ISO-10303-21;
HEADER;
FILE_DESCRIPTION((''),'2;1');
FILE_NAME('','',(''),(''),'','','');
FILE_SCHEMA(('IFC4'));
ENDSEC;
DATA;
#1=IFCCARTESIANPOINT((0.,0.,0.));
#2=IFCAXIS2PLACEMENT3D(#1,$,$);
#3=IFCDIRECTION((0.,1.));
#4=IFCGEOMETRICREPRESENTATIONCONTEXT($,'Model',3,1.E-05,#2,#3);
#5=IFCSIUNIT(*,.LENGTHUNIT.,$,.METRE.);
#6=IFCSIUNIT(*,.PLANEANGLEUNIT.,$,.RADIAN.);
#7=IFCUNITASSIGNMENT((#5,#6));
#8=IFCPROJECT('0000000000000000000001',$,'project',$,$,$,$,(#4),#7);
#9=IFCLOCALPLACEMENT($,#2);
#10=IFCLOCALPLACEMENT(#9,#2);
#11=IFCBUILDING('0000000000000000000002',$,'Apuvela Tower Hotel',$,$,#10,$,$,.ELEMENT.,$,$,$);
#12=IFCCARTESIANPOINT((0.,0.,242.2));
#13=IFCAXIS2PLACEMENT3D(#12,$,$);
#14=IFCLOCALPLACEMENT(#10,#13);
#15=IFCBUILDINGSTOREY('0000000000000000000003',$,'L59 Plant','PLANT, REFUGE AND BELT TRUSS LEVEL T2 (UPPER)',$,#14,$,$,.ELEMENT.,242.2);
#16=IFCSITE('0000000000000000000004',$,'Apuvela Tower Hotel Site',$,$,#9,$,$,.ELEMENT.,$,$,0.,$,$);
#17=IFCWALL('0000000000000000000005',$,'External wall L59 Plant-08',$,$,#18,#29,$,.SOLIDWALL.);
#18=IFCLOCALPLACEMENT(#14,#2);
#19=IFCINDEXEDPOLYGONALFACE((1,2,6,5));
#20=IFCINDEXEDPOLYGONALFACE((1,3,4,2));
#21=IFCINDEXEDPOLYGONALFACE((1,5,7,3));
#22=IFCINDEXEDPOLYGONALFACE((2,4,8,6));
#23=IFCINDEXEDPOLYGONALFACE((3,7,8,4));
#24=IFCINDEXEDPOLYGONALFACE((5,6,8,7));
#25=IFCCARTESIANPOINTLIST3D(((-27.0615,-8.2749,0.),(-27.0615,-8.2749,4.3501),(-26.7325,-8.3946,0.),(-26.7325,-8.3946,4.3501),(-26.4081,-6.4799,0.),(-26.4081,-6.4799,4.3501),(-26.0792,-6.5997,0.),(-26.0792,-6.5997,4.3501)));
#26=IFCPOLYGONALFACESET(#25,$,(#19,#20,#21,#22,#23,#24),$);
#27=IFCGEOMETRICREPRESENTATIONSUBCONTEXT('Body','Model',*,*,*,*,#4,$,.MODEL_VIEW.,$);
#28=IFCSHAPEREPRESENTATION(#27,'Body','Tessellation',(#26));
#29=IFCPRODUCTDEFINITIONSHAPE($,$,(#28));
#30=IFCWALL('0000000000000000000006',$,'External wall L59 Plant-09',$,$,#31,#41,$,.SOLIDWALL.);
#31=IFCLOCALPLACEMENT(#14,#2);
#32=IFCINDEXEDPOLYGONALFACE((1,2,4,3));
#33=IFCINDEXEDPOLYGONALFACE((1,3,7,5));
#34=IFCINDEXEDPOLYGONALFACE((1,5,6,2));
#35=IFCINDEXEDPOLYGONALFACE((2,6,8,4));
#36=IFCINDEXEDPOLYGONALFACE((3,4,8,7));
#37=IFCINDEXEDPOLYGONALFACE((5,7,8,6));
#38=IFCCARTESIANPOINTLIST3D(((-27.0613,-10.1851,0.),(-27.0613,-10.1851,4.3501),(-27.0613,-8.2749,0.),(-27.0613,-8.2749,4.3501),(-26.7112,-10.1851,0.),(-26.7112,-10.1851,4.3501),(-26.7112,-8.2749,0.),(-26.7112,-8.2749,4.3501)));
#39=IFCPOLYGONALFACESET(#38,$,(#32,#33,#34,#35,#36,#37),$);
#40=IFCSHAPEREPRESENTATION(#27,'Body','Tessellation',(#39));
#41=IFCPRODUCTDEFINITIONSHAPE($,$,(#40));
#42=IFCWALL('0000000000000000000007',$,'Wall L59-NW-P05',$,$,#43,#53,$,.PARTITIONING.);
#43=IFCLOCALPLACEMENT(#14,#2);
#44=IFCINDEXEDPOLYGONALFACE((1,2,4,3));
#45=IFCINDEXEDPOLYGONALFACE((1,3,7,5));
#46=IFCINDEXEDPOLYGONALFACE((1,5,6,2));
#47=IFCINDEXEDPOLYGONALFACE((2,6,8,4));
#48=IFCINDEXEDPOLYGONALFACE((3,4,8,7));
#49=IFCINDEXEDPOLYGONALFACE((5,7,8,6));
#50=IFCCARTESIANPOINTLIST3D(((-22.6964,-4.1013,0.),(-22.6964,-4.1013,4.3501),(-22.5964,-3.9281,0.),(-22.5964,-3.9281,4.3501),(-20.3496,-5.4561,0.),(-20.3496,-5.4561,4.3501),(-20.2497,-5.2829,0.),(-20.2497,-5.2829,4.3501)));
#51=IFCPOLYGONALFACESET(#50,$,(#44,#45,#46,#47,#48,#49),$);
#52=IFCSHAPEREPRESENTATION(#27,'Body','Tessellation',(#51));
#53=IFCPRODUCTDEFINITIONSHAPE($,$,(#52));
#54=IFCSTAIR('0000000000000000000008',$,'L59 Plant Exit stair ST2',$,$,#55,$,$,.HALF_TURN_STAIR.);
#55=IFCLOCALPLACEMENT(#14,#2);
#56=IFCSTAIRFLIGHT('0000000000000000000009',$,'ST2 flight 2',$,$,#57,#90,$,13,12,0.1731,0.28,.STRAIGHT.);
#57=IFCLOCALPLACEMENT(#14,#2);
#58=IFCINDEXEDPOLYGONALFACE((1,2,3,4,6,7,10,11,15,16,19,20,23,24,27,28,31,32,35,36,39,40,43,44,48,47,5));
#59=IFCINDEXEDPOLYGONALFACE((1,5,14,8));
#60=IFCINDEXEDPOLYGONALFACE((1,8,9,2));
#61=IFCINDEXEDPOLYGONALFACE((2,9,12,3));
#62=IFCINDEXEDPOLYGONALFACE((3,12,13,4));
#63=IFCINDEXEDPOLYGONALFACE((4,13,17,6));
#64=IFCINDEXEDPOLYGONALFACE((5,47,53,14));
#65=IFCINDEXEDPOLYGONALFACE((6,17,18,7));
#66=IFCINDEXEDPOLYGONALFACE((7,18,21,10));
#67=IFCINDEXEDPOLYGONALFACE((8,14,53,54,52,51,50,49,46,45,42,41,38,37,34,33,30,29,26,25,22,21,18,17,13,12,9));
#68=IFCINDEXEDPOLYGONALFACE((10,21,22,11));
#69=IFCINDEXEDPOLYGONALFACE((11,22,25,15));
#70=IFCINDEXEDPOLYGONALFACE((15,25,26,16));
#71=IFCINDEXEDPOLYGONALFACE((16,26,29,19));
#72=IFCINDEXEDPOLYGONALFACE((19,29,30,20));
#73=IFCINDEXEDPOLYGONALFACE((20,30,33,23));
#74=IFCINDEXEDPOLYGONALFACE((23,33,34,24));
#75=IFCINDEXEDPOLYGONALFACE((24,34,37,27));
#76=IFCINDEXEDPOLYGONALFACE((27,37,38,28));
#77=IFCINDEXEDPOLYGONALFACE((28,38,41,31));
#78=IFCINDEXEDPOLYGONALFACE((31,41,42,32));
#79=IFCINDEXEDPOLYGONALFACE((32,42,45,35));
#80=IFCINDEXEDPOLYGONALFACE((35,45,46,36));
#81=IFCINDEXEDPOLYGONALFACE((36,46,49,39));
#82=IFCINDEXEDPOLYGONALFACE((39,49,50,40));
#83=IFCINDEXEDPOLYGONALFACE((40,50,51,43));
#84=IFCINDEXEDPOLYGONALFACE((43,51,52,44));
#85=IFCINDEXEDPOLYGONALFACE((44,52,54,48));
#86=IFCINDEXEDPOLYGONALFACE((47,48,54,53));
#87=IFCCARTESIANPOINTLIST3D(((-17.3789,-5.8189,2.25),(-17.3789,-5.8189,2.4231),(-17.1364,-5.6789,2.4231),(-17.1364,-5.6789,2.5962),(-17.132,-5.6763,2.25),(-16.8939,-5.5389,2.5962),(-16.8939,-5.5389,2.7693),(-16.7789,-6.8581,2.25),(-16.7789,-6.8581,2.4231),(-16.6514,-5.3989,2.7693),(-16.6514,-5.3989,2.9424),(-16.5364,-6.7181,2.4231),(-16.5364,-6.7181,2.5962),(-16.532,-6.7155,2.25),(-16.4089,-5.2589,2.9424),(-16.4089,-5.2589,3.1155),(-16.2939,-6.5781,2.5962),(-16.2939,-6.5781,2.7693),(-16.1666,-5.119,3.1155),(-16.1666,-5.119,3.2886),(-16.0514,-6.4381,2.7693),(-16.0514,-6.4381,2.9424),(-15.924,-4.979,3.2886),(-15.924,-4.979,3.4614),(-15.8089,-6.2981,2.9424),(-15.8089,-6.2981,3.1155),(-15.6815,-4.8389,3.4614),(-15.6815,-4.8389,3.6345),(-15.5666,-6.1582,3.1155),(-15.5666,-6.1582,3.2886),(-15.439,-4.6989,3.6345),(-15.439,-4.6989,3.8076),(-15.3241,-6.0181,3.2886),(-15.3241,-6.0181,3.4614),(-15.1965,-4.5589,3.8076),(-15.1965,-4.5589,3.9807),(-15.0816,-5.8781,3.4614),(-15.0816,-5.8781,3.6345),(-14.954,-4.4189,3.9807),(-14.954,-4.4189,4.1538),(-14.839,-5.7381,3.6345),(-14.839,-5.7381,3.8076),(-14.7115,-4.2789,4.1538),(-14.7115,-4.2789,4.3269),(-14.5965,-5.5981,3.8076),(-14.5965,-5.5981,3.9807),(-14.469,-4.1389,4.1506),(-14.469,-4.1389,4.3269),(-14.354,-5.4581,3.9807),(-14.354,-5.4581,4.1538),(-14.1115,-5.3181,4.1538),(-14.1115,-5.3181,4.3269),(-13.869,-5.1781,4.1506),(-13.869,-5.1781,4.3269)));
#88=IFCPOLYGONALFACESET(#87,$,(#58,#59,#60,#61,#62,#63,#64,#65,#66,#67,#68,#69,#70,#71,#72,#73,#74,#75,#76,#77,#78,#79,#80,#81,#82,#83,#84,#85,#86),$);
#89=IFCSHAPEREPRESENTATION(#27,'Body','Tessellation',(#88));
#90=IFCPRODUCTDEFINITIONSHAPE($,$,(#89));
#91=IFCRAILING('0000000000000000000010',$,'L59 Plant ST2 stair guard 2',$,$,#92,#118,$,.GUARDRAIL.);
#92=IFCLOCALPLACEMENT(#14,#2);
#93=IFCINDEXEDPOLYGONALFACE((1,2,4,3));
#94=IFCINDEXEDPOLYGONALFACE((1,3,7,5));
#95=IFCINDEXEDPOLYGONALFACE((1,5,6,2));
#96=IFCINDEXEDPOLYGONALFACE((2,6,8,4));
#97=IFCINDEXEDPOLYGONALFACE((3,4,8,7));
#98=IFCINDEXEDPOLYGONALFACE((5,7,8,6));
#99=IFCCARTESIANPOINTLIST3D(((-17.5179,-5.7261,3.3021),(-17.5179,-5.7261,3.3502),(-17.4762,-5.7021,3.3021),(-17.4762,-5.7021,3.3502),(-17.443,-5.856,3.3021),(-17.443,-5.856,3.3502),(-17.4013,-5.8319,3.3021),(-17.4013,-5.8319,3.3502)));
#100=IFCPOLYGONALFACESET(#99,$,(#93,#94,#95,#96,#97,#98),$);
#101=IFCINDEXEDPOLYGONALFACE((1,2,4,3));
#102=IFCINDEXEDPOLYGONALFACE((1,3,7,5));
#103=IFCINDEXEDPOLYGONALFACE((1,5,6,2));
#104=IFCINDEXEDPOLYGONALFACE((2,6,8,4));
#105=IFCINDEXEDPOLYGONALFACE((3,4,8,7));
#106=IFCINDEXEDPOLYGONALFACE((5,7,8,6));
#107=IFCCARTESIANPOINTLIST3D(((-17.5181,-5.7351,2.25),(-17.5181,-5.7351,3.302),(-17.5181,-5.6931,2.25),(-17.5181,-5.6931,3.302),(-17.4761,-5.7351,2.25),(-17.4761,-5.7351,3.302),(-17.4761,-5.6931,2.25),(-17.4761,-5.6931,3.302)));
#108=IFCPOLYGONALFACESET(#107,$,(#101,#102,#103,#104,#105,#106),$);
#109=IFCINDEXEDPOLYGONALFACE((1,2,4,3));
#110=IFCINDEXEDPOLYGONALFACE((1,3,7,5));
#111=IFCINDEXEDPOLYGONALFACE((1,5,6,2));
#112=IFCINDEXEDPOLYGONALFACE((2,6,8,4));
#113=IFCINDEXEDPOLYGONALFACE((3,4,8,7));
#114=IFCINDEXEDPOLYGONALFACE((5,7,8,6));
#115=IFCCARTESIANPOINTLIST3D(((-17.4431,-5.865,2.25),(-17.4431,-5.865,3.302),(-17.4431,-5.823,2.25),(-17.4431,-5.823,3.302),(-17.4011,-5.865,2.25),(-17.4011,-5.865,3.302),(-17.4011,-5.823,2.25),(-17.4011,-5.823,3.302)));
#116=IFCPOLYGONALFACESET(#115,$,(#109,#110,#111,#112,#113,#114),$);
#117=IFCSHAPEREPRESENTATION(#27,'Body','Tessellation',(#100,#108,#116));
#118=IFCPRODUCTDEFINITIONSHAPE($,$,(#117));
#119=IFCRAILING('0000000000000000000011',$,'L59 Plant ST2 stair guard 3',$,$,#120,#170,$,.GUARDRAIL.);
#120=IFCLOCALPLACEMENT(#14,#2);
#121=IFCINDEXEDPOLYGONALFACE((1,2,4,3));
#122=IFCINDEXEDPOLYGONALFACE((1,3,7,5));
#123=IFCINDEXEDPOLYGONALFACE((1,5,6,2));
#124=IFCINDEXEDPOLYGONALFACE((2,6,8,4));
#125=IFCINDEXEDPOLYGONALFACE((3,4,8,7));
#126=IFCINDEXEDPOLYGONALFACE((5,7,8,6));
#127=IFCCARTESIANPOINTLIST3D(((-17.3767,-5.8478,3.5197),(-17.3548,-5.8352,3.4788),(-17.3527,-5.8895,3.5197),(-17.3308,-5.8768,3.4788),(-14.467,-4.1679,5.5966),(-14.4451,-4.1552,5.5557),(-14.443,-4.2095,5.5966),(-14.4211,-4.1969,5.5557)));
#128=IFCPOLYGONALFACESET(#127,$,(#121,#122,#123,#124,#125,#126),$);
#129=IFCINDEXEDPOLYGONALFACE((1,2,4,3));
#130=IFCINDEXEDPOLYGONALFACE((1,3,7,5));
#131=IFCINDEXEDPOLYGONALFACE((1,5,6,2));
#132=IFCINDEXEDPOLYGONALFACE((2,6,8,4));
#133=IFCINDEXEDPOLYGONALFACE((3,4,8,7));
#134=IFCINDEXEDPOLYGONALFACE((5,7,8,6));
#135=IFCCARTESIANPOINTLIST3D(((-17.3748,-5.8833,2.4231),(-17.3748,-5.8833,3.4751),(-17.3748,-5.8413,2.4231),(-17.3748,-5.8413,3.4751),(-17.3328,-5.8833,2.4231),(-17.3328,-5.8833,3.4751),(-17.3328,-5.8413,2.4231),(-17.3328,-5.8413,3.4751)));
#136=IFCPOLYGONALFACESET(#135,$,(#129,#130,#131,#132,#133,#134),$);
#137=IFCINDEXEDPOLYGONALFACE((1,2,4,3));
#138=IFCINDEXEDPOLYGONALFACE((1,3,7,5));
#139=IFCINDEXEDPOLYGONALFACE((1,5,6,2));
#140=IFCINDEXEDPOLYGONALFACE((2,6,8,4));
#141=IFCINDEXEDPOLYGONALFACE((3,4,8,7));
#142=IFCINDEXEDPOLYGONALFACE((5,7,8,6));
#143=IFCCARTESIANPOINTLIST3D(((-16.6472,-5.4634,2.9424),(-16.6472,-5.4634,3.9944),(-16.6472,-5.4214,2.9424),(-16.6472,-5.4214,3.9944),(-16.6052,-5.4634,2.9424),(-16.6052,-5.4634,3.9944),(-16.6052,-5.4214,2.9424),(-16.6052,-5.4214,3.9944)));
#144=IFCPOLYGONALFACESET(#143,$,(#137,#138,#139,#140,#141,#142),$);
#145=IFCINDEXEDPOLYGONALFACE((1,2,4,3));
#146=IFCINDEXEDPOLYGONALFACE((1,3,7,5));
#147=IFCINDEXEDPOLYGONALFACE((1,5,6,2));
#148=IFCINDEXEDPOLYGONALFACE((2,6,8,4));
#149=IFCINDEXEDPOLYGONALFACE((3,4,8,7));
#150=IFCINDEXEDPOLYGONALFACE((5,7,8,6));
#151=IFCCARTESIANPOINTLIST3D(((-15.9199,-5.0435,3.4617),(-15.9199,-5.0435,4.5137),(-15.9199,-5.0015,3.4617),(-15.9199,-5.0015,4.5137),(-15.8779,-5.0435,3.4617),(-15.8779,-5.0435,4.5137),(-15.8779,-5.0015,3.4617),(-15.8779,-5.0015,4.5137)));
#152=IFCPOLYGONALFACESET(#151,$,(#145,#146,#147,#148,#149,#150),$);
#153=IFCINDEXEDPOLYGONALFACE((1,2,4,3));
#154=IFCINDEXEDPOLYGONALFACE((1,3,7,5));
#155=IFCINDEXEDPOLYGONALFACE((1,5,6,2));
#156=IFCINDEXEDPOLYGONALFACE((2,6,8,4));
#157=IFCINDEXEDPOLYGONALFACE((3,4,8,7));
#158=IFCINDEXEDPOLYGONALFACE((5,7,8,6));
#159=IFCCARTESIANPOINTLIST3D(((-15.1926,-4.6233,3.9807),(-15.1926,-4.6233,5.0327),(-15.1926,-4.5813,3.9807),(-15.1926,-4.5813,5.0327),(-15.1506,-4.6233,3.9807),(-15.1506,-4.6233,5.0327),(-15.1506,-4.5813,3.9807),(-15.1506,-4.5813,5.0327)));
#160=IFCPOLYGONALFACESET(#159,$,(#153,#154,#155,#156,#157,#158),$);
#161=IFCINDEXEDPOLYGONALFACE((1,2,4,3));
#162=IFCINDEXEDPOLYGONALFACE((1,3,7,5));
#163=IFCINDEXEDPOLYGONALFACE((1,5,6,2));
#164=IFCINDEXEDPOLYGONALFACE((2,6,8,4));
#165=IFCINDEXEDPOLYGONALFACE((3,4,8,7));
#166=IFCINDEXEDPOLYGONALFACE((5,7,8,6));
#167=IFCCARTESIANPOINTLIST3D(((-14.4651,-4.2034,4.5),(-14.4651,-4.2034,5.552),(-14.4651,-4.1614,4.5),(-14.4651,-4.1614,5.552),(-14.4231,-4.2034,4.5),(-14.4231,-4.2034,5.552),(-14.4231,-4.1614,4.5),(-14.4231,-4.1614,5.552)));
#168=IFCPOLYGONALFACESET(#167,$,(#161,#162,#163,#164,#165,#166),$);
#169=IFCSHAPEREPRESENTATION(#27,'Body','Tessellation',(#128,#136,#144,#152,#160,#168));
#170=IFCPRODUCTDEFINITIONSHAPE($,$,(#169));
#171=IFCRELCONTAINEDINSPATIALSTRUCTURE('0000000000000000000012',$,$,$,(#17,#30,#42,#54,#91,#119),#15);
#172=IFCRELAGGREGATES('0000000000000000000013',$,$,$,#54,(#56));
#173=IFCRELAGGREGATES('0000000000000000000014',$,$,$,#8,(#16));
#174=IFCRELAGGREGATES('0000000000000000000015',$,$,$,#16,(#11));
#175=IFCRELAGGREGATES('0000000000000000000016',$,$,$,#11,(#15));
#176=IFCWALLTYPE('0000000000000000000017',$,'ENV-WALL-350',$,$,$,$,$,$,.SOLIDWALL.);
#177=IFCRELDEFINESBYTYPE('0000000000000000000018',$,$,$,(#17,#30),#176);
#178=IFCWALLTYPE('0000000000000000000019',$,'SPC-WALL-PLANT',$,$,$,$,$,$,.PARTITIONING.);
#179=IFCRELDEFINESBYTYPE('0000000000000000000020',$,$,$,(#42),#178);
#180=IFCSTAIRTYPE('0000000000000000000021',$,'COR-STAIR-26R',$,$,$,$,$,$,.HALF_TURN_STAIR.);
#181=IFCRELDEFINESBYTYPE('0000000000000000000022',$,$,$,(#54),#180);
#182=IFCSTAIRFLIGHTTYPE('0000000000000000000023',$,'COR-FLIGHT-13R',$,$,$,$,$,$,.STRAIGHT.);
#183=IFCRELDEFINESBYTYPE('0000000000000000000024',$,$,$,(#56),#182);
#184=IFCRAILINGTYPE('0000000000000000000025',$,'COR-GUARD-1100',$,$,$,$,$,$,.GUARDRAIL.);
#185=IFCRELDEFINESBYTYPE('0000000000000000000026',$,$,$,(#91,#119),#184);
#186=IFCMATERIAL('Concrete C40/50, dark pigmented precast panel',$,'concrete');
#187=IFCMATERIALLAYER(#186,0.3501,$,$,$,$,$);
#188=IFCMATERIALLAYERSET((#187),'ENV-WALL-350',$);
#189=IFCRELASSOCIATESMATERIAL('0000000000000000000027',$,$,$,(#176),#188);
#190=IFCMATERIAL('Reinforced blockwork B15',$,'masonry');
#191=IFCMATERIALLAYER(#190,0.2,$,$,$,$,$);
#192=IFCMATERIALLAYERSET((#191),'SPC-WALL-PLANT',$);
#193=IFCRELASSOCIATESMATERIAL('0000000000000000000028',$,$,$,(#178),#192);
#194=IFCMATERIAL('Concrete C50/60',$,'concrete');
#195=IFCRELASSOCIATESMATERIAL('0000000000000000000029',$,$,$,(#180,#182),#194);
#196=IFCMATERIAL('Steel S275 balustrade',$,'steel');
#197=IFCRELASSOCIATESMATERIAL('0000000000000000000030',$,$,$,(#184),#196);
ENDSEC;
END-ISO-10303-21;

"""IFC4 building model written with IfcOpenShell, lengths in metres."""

from ifc_helpers import new_model, si_unit, direction, frame, frame_2d, origin, origin_2d, place, context, subcontext, project, spatial, polyline, rectangle, outline, extrude, material, layer, layer_set, type_object, element, aggregate, save


model = new_model("IFC4")

# Units and contexts
model_context = context("Model", 3, precision=1e-05, world=origin(), true_north=direction((0.0, 1.0)))
body_context = subcontext(model_context, "Body", "Model", "MODEL_VIEW")
ifc_project = project(units=[si_unit("LENGTHUNIT", "METRE"), si_unit("PLANEANGLEUNIT", "RADIAN")], contexts=[model_context])

# Site, building, storey
site_placement = place(None, origin())
site = spatial("IfcSite", under=ifc_project, at=site_placement, Name="Apuvela Tower Hotel Site", CompositionType="ELEMENT", RefElevation=0.0)
building_placement = place(site_placement, origin())
building = spatial("IfcBuilding", under=site, at=building_placement, Name="Apuvela Tower Hotel", CompositionType="ELEMENT")
storey_placement = place(building_placement, frame((0.0, 0.0, 242.2)))
storey = spatial("IfcBuildingStorey", under=building, at=storey_placement, Name="L59 Plant", Description="PLANT, REFUGE AND BELT TRUSS LEVEL T2 (UPPER)", CompositionType="ELEMENT", Elevation=242.2)

# Walls
ifc_material_1 = material(Name="Concrete C50/60", Category="concrete")
ifc_material_2 = material(Name="Concrete C40/50, dark pigmented precast panel", Category="concrete")
ifc_layer_1 = layer(ifc_material_2, 0.3501)
ifc_layer_set_1 = layer_set([ifc_layer_1], Name="ENV-WALL-350")
wall_type_1 = type_object("IfcWallType", Name="ENV-WALL-350", PredefinedType="SOLIDWALL", material=ifc_layer_set_1)
for number, where, z_axis, x_axis, name in (
    (1, (-26.2437, -6.5398, 0.0), (0.0, 0.0, 1.0), (-0.34203, -0.939689, 0.0), "External wall L59 Plant-08"),
    (2, (-26.8862, -8.2749, 0.0), (0.0, 0.0, 1.0), (0.0, -1.0, 0.0), "External wall L59 Plant-09"),
):
    element("IfcWall", number, at=place(storey_placement, frame(where, z_axis=z_axis, x_axis=x_axis)), inside=storey, type_object=wall_type_1, Name=name, PredefinedType="SOLIDWALL", context=body_context, shape_type="SweptSolid", body=[
        extrude(rectangle(XDim=1.9102, YDim=0.3501, at=frame_2d((0.9551, 0.0))), origin(), (0.0, 0.0, 1.0), 4.3501),
    ])
ifc_material_3 = material(Name="Reinforced blockwork B15", Category="masonry")
ifc_layer_2 = layer(ifc_material_3, 0.2)
ifc_layer_set_2 = layer_set([ifc_layer_2], Name="SPC-WALL-PLANT")
wall_type_2 = type_object("IfcWallType", Name="SPC-WALL-PLANT", PredefinedType="PARTITIONING", material=ifc_layer_set_2)
wall_1_placement = place(storey_placement, frame((-22.6465, -4.0146, 0.0), z_axis=(0.0, 0.0, 1.0), x_axis=(0.866045, -0.499967, 0.0)))
element("IfcWall", 3, at=wall_1_placement, inside=storey, type_object=wall_type_2, Name="Wall L59-NW-P05", PredefinedType="PARTITIONING", context=body_context, shape_type="SweptSolid", body=[
    extrude(rectangle(XDim=2.7097, YDim=0.2, at=frame_2d((1.355, 0.0))), origin(), (0.0, 0.0, 1.0), 4.3501),
])

# Stair, stair flight
stair_type = type_object("IfcStairType", Name="COR-STAIR-26R", PredefinedType="HALF_TURN_STAIR", material=ifc_material_1)
stair_placement = place(storey_placement, origin())
stair = element("IfcStair", 4, at=stair_placement, inside=storey, type_object=stair_type, Name="L59 Plant Exit stair ST2", PredefinedType="HALF_TURN_STAIR")
stair_flight_type = type_object("IfcStairFlightType", Name="COR-FLIGHT-13R", PredefinedType="STRAIGHT", material=ifc_material_1)
stair_flight_placement = place(storey_placement, frame((-17.0789, -6.3386, 2.25), z_axis=(0.0, 0.0, 1.0), x_axis=(0.866025, 0.5, 0.0)))
stair_flight = element("IfcStairFlight", 5, at=stair_flight_placement, type_object=stair_flight_type, Name="ST2 flight 2", NumberOfRisers=13, NumberOfTreads=12, PredefinedType="STRAIGHT", RiserHeight=0.1731, TreadLength=0.28, context=body_context, shape_type="SweptSolid", body=[
    extrude(outline(polyline([(0.0, 0.0), (0.0, 0.1731), (0.28, 0.1731), (0.28, 0.3462), (0.5601, 0.3462), (0.5601, 0.5193), (0.8401, 0.5193), (0.8401, 0.6924), (1.1201, 0.6924), (1.1201, 0.8655), (1.3999, 0.8655), (1.3999, 1.0386), (1.6799, 1.0386), (1.6799, 1.2114), (1.96, 1.2114), (1.96, 1.3845), (2.24, 1.3845), (2.24, 1.5576), (2.52, 1.5576), (2.52, 1.7307), (2.8, 1.7307), (2.8, 1.9038), (3.0801, 1.9038), (3.0801, 2.0769), (3.3601, 2.0769), (3.3601, 2.25), (3.3601, 1.9006), (0.2852, 0.0), (0.0, 0.0)])), frame((0.0, 0.6001, 0.0), z_axis=(0.0, -1.0, 0.0), x_axis=(1.0, 0.0, 0.0)), (0.0, 0.0, 1.0), 1.2),
])
aggregate(stair, [stair_flight])

# Railings
ifc_material_4 = material(Name="Steel S275 balustrade", Category="steel")
railing_type_1 = type_object("IfcRailingType", Name="COR-GUARD-1100", PredefinedType="GUARDRAIL", material=ifc_material_4)
railing_1_placement = place(storey_placement, frame((-17.4971, -5.7141, 2.25)))
element("IfcRailing", 6, at=railing_1_placement, inside=storey, type_object=railing_type_1, Name="L59 Plant ST2 stair guard 2", PredefinedType="GUARDRAIL", context=body_context, shape_type="SweptSolid", body=[
    extrude(rectangle(XDim=0.0481, YDim=0.0481, at=origin_2d()), frame((0.0, 0.0, 1.0762), z_axis=(0.499816, -0.866131, 0.0), x_axis=(0.866131, 0.499816, 0.0)), (0.0, 0.0, 1.0), 0.1499),
    extrude(rectangle(XDim=0.042, YDim=0.042, at=origin_2d()), origin(), (0.0, 0.0, 1.0), 1.052),
    extrude(rectangle(XDim=0.042, YDim=0.042, at=origin_2d()), frame((0.075, -0.1299, 0.0)), (0.0, 0.0, 1.0), 1.052),
])
railing_2_placement = place(storey_placement, frame((-17.3538, -5.8623, 2.4231)))
element("IfcRailing", 7, at=railing_2_placement, inside=storey, type_object=railing_type_1, Name="L59 Plant ST2 stair guard 3", PredefinedType="GUARDRAIL", context=body_context, shape_type="SweptSolid", body=[
    extrude(rectangle(XDim=0.0481, YDim=0.0481, at=origin_2d()), frame((0.0, 0.0, 1.0762), z_axis=(0.73664, 0.425308, 0.525809), x_axis=(-0.500008, 0.866021, 0.0)), (0.0, 0.0, 1.0), 3.95),
    extrude(rectangle(XDim=0.042, YDim=0.042, at=origin_2d()), origin(), (0.0, 0.0, 1.0), 1.052),
    extrude(rectangle(XDim=0.042, YDim=0.042, at=origin_2d()), frame((0.7275, 0.4199, 0.5193)), (0.0, 0.0, 1.0), 1.052),
    extrude(rectangle(XDim=0.042, YDim=0.042, at=origin_2d()), frame((1.4548, 0.8398, 1.0386)), (0.0, 0.0, 1.0), 1.052),
    extrude(rectangle(XDim=0.042, YDim=0.042, at=origin_2d()), frame((2.1821, 1.26, 1.5576)), (0.0, 0.0, 1.0), 1.052),
    extrude(rectangle(XDim=0.042, YDim=0.042, at=origin_2d()), frame((2.9097, 1.6799, 2.0769)), (0.0, 0.0, 1.0), 1.052),
])

save(model, "model.ifc")
